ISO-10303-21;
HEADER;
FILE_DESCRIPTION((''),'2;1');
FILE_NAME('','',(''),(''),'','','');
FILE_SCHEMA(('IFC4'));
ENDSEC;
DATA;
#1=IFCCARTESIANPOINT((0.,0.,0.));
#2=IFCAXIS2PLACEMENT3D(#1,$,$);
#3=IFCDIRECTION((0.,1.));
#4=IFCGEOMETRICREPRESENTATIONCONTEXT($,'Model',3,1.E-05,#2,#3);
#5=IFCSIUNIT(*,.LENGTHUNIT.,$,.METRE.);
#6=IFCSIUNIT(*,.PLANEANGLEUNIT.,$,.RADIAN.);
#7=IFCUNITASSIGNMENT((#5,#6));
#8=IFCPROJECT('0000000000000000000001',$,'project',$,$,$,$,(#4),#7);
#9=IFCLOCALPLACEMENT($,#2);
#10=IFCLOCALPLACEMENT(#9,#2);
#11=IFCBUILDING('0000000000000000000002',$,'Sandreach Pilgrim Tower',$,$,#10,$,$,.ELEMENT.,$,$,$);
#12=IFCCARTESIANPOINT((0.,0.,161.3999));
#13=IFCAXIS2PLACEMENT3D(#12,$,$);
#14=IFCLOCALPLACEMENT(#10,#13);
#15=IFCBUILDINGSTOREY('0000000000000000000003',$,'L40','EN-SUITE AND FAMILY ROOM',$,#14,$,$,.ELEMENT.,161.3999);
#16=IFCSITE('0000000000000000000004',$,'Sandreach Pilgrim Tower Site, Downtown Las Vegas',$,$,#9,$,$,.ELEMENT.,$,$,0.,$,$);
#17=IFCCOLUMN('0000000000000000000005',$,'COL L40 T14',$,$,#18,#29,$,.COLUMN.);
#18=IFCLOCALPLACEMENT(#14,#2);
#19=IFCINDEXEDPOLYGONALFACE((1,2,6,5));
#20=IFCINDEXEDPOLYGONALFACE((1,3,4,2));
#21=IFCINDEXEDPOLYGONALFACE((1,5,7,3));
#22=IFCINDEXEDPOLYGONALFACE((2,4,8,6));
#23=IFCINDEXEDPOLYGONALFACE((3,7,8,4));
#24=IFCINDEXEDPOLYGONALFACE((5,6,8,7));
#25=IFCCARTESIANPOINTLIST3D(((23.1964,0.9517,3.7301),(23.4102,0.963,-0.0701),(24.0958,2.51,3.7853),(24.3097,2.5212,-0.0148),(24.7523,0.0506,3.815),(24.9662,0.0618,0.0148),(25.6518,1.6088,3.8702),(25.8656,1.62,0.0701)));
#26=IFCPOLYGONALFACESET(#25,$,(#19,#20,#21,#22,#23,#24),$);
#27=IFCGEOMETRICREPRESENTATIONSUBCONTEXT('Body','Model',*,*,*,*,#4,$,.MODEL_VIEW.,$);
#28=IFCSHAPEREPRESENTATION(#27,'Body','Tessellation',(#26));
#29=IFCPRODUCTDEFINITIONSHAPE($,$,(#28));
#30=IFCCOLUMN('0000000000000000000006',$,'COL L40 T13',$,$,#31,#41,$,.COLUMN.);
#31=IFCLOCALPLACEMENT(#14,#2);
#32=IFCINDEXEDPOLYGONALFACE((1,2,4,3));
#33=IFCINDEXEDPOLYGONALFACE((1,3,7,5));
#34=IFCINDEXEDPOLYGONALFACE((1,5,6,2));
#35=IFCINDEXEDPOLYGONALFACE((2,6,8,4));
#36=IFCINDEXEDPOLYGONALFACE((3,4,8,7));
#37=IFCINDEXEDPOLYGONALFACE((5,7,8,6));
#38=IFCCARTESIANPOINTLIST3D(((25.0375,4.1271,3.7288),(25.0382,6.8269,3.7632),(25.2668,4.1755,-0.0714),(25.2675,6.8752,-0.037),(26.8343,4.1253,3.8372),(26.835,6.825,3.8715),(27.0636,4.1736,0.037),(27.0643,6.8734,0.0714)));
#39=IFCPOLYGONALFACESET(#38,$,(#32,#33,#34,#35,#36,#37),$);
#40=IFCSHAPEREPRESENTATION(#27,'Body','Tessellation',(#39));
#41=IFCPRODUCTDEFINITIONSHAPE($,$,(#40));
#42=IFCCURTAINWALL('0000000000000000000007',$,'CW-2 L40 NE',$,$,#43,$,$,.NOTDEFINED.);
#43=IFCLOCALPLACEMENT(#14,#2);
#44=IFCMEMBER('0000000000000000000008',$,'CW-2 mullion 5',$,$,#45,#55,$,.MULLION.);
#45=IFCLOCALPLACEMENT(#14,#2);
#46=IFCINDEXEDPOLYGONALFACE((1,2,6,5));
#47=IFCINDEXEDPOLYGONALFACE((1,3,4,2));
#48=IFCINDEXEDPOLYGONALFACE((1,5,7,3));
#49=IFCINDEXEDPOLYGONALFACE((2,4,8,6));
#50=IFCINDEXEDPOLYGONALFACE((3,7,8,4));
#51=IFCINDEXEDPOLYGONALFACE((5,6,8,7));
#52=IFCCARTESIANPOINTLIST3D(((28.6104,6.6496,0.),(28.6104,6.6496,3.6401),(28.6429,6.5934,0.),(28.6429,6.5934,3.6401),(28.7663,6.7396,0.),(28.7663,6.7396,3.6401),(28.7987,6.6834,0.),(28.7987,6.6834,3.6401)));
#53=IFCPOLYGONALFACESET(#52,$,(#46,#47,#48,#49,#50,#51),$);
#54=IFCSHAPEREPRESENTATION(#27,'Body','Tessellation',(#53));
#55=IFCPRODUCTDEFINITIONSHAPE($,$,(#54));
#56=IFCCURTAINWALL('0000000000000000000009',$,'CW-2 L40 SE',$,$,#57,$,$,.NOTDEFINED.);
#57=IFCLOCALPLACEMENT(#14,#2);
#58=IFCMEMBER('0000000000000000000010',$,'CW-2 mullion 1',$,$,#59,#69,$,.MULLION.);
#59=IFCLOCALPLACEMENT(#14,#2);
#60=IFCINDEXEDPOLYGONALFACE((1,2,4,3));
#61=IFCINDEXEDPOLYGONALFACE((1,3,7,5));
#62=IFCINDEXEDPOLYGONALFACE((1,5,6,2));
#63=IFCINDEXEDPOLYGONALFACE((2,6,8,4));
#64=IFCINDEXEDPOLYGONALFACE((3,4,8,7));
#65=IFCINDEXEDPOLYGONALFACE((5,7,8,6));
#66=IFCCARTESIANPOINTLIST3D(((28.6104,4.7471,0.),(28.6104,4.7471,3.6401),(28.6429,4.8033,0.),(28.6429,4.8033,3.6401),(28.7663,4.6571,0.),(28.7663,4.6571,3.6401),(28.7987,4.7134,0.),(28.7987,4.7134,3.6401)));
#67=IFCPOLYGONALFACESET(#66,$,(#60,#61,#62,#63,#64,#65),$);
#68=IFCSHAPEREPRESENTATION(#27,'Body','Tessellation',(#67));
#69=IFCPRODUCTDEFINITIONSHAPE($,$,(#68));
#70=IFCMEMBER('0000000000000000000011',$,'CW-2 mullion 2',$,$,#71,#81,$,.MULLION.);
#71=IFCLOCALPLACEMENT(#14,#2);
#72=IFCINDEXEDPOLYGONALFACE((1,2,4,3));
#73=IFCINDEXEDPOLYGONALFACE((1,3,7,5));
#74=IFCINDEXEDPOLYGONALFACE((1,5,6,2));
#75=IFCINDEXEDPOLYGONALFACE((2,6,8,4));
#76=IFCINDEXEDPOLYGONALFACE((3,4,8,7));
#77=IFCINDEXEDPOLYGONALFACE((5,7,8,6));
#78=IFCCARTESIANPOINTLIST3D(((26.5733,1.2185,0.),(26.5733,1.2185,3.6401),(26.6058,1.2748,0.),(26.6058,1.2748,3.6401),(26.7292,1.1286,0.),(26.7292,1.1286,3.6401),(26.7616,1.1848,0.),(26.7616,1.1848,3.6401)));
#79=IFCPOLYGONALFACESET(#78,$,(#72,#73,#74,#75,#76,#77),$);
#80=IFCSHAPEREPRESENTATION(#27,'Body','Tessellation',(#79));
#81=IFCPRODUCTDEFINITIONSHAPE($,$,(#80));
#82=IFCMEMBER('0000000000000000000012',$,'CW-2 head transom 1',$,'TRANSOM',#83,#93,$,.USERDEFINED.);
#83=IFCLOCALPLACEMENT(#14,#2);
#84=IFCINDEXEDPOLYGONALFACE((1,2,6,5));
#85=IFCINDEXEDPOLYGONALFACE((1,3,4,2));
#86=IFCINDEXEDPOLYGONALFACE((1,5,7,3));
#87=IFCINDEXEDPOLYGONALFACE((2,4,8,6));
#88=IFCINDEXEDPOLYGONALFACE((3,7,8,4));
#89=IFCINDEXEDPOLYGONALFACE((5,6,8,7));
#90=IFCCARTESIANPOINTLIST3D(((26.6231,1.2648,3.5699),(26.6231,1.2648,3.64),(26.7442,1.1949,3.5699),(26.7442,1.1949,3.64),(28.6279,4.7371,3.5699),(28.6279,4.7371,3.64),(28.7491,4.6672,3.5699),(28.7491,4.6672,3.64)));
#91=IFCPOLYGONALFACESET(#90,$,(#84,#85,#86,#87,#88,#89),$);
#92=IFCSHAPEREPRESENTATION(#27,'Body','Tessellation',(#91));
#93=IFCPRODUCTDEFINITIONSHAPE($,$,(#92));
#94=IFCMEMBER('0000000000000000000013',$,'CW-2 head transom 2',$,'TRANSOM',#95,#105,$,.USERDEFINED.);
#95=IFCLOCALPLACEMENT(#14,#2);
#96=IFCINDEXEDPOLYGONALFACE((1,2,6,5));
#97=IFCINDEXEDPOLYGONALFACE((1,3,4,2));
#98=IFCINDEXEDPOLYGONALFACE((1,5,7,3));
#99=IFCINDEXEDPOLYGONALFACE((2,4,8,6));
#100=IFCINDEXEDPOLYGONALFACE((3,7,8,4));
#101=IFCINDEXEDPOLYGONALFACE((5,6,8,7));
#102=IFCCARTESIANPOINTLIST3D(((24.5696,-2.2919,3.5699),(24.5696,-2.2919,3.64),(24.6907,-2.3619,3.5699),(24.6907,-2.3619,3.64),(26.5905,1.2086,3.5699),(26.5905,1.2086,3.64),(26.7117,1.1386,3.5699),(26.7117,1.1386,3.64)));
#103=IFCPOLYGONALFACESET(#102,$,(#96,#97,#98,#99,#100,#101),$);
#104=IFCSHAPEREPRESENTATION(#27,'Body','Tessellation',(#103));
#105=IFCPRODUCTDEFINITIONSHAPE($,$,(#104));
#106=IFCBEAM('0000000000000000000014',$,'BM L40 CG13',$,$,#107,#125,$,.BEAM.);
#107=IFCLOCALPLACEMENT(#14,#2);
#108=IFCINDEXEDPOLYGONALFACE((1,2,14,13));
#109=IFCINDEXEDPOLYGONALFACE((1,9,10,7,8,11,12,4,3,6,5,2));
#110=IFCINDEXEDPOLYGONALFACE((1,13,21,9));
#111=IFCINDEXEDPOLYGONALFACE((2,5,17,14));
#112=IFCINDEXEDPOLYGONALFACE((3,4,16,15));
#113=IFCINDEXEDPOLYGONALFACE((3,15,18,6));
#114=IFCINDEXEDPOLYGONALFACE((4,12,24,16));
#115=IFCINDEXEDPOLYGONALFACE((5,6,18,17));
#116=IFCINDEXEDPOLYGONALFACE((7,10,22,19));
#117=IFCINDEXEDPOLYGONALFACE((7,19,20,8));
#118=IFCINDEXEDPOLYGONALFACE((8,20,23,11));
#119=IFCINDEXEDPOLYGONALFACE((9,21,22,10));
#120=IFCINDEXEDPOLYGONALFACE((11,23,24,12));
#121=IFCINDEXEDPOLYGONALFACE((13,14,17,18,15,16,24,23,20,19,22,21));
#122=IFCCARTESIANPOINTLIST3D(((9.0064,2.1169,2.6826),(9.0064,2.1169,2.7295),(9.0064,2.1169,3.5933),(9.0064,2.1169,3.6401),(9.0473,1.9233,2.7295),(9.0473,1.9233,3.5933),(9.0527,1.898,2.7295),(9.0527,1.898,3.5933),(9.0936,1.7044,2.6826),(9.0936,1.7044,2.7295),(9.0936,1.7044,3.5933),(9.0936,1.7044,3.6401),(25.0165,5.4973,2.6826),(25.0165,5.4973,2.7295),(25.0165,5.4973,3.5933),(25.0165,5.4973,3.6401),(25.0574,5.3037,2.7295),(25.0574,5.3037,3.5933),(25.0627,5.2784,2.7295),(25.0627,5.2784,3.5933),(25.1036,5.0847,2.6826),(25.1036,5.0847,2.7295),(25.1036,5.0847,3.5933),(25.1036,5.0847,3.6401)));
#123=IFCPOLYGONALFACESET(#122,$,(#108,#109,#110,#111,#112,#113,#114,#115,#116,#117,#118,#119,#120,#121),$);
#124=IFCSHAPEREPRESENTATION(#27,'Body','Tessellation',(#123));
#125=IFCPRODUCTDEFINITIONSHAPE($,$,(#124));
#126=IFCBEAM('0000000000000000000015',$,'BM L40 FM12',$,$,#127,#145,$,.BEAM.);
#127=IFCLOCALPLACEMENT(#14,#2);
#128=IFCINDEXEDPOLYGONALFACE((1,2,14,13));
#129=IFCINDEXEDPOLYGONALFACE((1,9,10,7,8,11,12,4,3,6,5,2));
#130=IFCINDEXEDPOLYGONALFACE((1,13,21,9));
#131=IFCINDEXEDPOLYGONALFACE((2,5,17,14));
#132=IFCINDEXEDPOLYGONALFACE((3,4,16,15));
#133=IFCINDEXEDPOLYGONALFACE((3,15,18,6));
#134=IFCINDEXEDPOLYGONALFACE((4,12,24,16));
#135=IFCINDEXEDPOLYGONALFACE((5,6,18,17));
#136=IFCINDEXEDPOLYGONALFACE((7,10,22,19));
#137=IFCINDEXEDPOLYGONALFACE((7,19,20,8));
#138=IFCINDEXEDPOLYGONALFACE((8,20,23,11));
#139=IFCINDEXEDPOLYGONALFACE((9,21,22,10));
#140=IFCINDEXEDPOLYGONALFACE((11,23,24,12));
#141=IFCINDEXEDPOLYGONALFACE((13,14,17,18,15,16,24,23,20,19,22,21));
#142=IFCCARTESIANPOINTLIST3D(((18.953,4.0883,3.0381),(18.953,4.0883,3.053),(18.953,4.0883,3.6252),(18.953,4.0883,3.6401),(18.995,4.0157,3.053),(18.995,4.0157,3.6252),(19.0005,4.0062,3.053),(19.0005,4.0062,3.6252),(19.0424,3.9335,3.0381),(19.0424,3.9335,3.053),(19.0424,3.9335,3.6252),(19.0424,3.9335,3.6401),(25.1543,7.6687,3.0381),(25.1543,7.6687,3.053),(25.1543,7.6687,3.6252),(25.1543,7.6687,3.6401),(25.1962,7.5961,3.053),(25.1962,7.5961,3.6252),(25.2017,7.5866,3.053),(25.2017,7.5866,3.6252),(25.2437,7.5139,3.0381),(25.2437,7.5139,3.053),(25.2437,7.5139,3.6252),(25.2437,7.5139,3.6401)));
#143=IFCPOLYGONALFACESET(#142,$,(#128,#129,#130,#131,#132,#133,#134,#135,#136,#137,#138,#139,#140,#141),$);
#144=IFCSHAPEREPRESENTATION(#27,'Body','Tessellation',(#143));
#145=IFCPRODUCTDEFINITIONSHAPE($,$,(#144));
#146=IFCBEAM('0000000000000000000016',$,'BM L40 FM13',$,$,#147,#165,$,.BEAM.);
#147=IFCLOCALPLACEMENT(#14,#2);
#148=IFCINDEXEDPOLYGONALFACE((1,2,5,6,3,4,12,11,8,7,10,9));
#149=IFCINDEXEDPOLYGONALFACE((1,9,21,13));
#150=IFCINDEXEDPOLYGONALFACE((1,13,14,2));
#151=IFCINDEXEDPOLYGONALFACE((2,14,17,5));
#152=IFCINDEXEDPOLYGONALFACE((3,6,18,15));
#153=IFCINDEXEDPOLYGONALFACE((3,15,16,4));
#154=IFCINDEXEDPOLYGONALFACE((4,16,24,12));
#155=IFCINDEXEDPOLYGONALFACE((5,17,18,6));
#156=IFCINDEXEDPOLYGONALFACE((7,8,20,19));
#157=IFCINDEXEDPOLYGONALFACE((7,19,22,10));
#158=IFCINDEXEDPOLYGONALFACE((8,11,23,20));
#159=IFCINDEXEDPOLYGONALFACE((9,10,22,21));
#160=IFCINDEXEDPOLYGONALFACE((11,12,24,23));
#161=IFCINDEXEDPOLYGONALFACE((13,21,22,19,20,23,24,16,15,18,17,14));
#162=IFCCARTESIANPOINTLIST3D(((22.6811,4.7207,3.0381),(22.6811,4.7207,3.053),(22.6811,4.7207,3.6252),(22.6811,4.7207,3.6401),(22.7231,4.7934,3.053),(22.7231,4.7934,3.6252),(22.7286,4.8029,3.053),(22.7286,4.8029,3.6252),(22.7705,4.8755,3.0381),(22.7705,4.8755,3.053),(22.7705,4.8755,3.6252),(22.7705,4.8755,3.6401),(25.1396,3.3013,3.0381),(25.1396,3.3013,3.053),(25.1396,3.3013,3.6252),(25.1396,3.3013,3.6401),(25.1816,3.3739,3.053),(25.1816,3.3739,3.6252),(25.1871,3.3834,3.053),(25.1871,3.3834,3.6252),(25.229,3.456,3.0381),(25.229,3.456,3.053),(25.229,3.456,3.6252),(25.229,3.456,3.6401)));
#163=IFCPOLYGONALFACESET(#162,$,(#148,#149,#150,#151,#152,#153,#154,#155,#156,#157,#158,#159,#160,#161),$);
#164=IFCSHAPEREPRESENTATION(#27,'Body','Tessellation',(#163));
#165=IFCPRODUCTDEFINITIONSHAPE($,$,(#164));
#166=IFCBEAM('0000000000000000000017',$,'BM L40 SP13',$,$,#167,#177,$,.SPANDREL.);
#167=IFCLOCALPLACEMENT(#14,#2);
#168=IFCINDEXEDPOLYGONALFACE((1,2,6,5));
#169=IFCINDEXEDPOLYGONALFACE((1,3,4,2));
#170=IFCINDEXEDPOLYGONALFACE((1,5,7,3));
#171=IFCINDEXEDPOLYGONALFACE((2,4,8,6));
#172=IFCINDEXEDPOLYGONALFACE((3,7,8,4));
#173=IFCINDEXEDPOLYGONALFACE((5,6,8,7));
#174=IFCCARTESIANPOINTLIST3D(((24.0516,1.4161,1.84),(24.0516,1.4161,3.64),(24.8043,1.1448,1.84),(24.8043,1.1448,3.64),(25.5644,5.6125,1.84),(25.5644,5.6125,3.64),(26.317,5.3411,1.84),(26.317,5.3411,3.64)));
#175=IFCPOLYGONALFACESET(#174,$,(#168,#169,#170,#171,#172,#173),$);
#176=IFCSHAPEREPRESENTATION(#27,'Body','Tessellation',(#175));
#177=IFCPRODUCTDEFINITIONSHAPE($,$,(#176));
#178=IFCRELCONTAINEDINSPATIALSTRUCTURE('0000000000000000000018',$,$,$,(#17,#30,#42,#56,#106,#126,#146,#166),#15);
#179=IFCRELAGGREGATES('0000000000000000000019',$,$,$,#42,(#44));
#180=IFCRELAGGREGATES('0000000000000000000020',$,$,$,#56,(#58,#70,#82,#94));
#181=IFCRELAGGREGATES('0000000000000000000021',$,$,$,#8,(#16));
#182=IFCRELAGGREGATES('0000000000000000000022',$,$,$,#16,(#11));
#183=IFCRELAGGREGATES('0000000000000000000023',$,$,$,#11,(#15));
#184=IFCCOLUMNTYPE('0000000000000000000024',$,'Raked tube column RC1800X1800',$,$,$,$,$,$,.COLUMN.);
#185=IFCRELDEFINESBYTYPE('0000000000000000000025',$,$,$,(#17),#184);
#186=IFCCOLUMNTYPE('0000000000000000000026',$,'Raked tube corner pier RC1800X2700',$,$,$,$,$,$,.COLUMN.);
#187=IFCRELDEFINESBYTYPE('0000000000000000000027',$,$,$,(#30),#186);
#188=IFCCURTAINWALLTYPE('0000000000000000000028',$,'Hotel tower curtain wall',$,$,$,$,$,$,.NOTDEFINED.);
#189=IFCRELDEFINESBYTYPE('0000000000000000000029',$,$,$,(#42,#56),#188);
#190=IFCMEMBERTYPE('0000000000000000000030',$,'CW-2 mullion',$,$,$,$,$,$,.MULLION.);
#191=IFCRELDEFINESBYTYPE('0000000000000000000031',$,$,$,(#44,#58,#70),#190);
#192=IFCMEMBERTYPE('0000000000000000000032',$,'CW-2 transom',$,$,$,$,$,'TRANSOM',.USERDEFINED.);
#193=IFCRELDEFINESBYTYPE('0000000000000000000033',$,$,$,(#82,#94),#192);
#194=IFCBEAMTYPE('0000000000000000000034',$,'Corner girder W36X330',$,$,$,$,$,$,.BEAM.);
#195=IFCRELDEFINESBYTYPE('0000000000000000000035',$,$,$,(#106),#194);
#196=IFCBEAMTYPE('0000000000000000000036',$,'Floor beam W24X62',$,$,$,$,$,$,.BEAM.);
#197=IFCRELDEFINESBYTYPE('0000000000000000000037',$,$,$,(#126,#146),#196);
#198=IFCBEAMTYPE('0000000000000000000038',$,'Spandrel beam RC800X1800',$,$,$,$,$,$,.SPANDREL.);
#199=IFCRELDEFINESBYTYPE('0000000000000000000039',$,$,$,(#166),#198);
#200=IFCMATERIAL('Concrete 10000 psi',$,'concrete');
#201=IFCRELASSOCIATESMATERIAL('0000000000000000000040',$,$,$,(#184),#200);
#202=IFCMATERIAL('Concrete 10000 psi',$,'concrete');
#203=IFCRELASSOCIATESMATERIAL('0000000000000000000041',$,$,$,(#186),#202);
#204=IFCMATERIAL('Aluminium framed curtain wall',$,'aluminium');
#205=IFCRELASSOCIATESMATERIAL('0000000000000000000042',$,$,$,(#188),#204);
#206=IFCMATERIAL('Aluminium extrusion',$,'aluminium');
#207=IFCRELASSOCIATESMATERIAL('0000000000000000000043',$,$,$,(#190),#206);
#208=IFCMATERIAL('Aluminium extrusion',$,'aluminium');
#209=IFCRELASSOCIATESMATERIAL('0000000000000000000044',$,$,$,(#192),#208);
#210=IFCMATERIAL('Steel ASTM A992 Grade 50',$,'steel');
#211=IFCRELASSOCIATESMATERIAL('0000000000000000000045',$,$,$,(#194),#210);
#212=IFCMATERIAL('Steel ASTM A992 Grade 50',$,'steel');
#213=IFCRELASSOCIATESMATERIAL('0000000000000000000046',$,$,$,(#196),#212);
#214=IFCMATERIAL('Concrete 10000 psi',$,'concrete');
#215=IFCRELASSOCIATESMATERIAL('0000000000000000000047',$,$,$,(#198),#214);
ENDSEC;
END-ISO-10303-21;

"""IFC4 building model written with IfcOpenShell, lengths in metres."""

from ifc_helpers import new_model, si_unit, direction, frame, origin, origin_2d, place, context, subcontext, project, spatial, rectangle, i_section, extrude, material, material_profile, profile_set, type_object, element, aggregate, save


model = new_model("IFC4")

# Units and contexts
model_context = context("Model", 3, precision=1e-05, world=origin(), true_north=direction((0.0, 1.0)))
body_context = subcontext(model_context, "Body", "Model", "MODEL_VIEW")
ifc_project = project(units=[si_unit("LENGTHUNIT", "METRE"), si_unit("PLANEANGLEUNIT", "RADIAN")], contexts=[model_context])

# Site, building, storey
site_placement = place(None, origin())
site = spatial("IfcSite", under=ifc_project, at=site_placement, Name="Sandreach Pilgrim Tower Site, Downtown Las Vegas", CompositionType="ELEMENT", RefElevation=0.0)
building_placement = place(site_placement, origin())
building = spatial("IfcBuilding", under=site, at=building_placement, Name="Sandreach Pilgrim Tower", CompositionType="ELEMENT")
storey_placement = place(building_placement, frame((0.0, 0.0, 161.3999)))
storey = spatial("IfcBuildingStorey", under=building, at=storey_placement, Name="L40", Description="EN-SUITE AND FAMILY ROOM", CompositionType="ELEMENT", Elevation=161.3999)

# Columns
ifc_material_1 = material(Name="Concrete 10000 psi", Category="concrete")
ifc_material_profile_1 = material_profile(ifc_material_1, rectangle(XDim=1.8, YDim=1.8, at=origin_2d()), Name="RC1800X1800")
ifc_profile_set_1 = profile_set([ifc_material_profile_1], Name="Concrete 10000 psi")
column_type_1 = type_object("IfcColumnType", Name="Raked tube column RC1800X1800", PredefinedType="COLUMN", material=ifc_profile_set_1)
column_1_placement = place(storey_placement, frame((24.6379, 1.2915, 0.0), z_axis=(-0.056191, -0.002951, 0.998416), x_axis=(0.86438, -0.500621, 0.047168)))
element("IfcColumn", 1, at=column_1_placement, inside=storey, type_object=column_type_1, Name="COL L40 T14", PredefinedType="COLUMN", context=body_context, shape_type="SweptSolid", body=[
    extrude(rectangle(XDim=1.8, YDim=1.8, at=origin_2d()), origin(), (0.0, 0.0, 1.0), 3.8062),
])
ifc_material_2 = material(Name="Concrete 10000 psi", Category="concrete")
ifc_material_profile_2 = material_profile(ifc_material_2, rectangle(XDim=1.8, YDim=2.7, at=origin_2d()), Name="RC1800X2700")
ifc_profile_set_2 = profile_set([ifc_material_profile_2], Name="Concrete 10000 psi")
column_type_2 = type_object("IfcColumnType", Name="Raked tube corner pier RC1800X2700", PredefinedType="COLUMN", material=ifc_profile_set_2)
column_2_placement = place(storey_placement, frame((26.1655, 5.5244, 0.0), z_axis=(-0.060213, -0.012697, 0.998105), x_axis=(0.998185, -0.001025, 0.060205)))
element("IfcColumn", 2, at=column_2_placement, inside=storey, type_object=column_type_2, Name="COL L40 T13", PredefinedType="COLUMN", context=body_context, shape_type="SweptSolid", body=[
    extrude(rectangle(XDim=1.8, YDim=2.7, at=origin_2d()), origin(), (0.0, 0.0, 1.0), 3.8074),
])

# Curtain wall, member
ifc_material_3 = material(Name="Aluminium framed curtain wall", Category="aluminium")
curtain_wall_type = type_object("IfcCurtainWallType", Name="Hotel tower curtain wall", PredefinedType="NOTDEFINED", material=ifc_material_3)
curtain_wall_1_placement = place(storey_placement, origin())
curtain_wall_1 = element("IfcCurtainWall", 3, at=curtain_wall_1_placement, inside=storey, type_object=curtain_wall_type, Name="CW-2 L40 NE", PredefinedType="NOTDEFINED")
ifc_material_4 = material(Name="Aluminium extrusion", Category="aluminium")
ifc_material_profile_3 = material_profile(ifc_material_4, rectangle(XDim=0.0649, YDim=0.1799, at=origin_2d()), Name="CW-2M 65X180")
ifc_profile_set_3 = profile_set([ifc_material_profile_3], Name="Aluminium extrusion")
member_type_1 = type_object("IfcMemberType", Name="CW-2 mullion", PredefinedType="MULLION", material=ifc_profile_set_3)
member_1_placement = place(storey_placement, frame((28.7046, 6.6665, 0.0), z_axis=(0.0, 0.0, 1.0), x_axis=(0.5, -0.866025, 0.0)))
member_1 = element("IfcMember", 4, at=member_1_placement, type_object=member_type_1, Name="CW-2 mullion 5", PredefinedType="MULLION", context=body_context, shape_type="SweptSolid", body=[
    extrude(rectangle(XDim=0.0649, YDim=0.1799, at=origin_2d()), origin(), (0.0, 0.0, 1.0), 3.6401),
])

# Curtain wall, members
curtain_wall_2_placement = place(storey_placement, origin())
curtain_wall_2 = element("IfcCurtainWall", 5, at=curtain_wall_2_placement, inside=storey, type_object=curtain_wall_type, Name="CW-2 L40 SE", PredefinedType="NOTDEFINED")
member_2_placement = place(storey_placement, frame((28.7046, 4.7302, 0.0), z_axis=(0.0, 0.0, 1.0), x_axis=(-0.5, -0.866025, 0.0)))
member_2 = element("IfcMember", 6, at=member_2_placement, type_object=member_type_1, Name="CW-2 mullion 1", PredefinedType="MULLION", context=body_context, shape_type="SweptSolid", body=[
    extrude(rectangle(XDim=0.0649, YDim=0.1799, at=origin_2d()), origin(), (0.0, 0.0, 1.0), 3.6401),
])
member_3_placement = place(storey_placement, frame((26.6675, 1.2017, 0.0), z_axis=(0.0, 0.0, 1.0), x_axis=(-0.5, -0.866025, 0.0)))
member_3 = element("IfcMember", 7, at=member_3_placement, type_object=member_type_1, Name="CW-2 mullion 2", PredefinedType="MULLION", context=body_context, shape_type="SweptSolid", body=[
    extrude(rectangle(XDim=0.0649, YDim=0.1799, at=origin_2d()), origin(), (0.0, 0.0, 1.0), 3.6401),
])
ifc_material_5 = material(Name="Aluminium extrusion", Category="aluminium")
ifc_material_profile_4 = material_profile(ifc_material_5, rectangle(XDim=0.1399, YDim=0.0701, at=origin_2d()), Name="CW-2T 140X70")
ifc_profile_set_4 = profile_set([ifc_material_profile_4], Name="Aluminium extrusion")
member_type_2 = type_object("IfcMemberType", Name="CW-2 transom", ElementType="TRANSOM", PredefinedType="USERDEFINED", material=ifc_profile_set_4)
member_4_placement = place(storey_placement, frame((28.6885, 4.7021, 3.605), z_axis=(-0.500016, -0.866016, 0.0), x_axis=(0.866016, -0.500016, 0.0)))
member_4 = element("IfcMember", 8, at=member_4_placement, type_object=member_type_2, Name="CW-2 head transom 1", ObjectType="TRANSOM", PredefinedType="USERDEFINED", context=body_context, shape_type="SweptSolid", body=[
    extrude(rectangle(XDim=0.1399, YDim=0.0701, at=origin_2d()), origin(), (0.0, 0.0, 1.0), 4.0095),
])
member_5_placement = place(storey_placement, frame((26.6511, 1.1736, 3.605), z_axis=(-0.499998, -0.866027, 0.0), x_axis=(0.866027, -0.499998, 0.0)))
member_5 = element("IfcMember", 9, at=member_5_placement, type_object=member_type_2, Name="CW-2 head transom 2", ObjectType="TRANSOM", PredefinedType="USERDEFINED", context=body_context, shape_type="SweptSolid", body=[
    extrude(rectangle(XDim=0.1399, YDim=0.0701, at=origin_2d()), origin(), (0.0, 0.0, 1.0), 4.042),
])

# Beams
ifc_material_6 = material(Name="Steel ASTM A992 Grade 50", Category="steel")
ifc_material_profile_5 = material_profile(ifc_material_6, i_section(OverallWidth=0.4216, OverallDepth=0.9575, WebThickness=0.0259, FlangeThickness=0.0469, at=origin_2d()), Name="W36X330")
ifc_profile_set_5 = profile_set([ifc_material_profile_5], Name="Steel ASTM A992 Grade 50")
beam_type_1 = type_object("IfcBeamType", Name="Corner girder W36X330", PredefinedType="BEAM", material=ifc_profile_set_5)
beam_1_placement = place(storey_placement, frame((25.0601, 5.291, 3.1614), z_axis=(-0.978428, -0.206586, 0.0), x_axis=(0.206586, -0.978428, 0.0)))
element("IfcBeam", 10, at=beam_1_placement, inside=storey, type_object=beam_type_1, Name="BM L40 CG13", PredefinedType="BEAM", context=body_context, shape_type="SweptSolid", body=[
    extrude(i_section(OverallWidth=0.4216, OverallDepth=0.9575, WebThickness=0.0259, FlangeThickness=0.0469, at=origin_2d()), origin(), (0.0, 0.0, 1.0), 16.363),
])
ifc_material_7 = material(Name="Steel ASTM A992 Grade 50", Category="steel")
ifc_material_profile_6 = material_profile(ifc_material_7, i_section(OverallWidth=0.1787, OverallDepth=0.6021, WebThickness=0.011, FlangeThickness=0.0149, at=origin_2d()), Name="W24X62")
ifc_profile_set_6 = profile_set([ifc_material_profile_6], Name="Steel ASTM A992 Grade 50")
beam_type_2 = type_object("IfcBeamType", Name="Floor beam W24X62", PredefinedType="BEAM", material=ifc_profile_set_6)
beam_2_placement = place(storey_placement, frame((25.199, 7.5913, 3.3391), z_axis=(-0.866021, -0.500008, 0.0), x_axis=(0.500008, -0.866021, 0.0)))
element("IfcBeam", 11, at=beam_2_placement, inside=storey, type_object=beam_type_2, Name="BM L40 FM12", PredefinedType="BEAM", context=body_context, shape_type="SweptSolid", body=[
    extrude(i_section(OverallWidth=0.1787, OverallDepth=0.6021, WebThickness=0.011, FlangeThickness=0.0149, at=origin_2d()), origin(), (0.0, 0.0, 1.0), 7.1606),
])
beam_3_placement = place(storey_placement, frame((25.1843, 3.3787, 3.3391), z_axis=(-0.866022, 0.500005, 0.0), x_axis=(-0.500005, -0.866022, 0.0)))
element("IfcBeam", 12, at=beam_3_placement, inside=storey, type_object=beam_type_2, Name="BM L40 FM13", PredefinedType="BEAM", context=body_context, shape_type="SweptSolid", body=[
    extrude(i_section(OverallWidth=0.1787, OverallDepth=0.6021, WebThickness=0.011, FlangeThickness=0.0149, at=origin_2d()), origin(), (0.0, 0.0, 1.0), 2.8389),
])
ifc_material_8 = material(Name="Concrete 10000 psi", Category="concrete")
ifc_material_profile_7 = material_profile(ifc_material_8, rectangle(XDim=0.8, YDim=1.8, at=origin_2d()), Name="RC800X1800")
ifc_profile_set_7 = profile_set([ifc_material_profile_7], Name="Concrete 10000 psi")
beam_type_3 = type_object("IfcBeamType", Name="Spandrel beam RC800X1800", PredefinedType="SPANDREL", material=ifc_profile_set_7)
beam_4_placement = place(storey_placement, frame((25.9407, 5.4768, 2.74), z_axis=(-0.339123, -0.940742, 0.0), x_axis=(0.940742, -0.339123, 0.0)))
element("IfcBeam", 13, at=beam_4_placement, inside=storey, type_object=beam_type_3, Name="BM L40 SP13", PredefinedType="SPANDREL", context=body_context, shape_type="SweptSolid", body=[
    extrude(rectangle(XDim=0.8, YDim=1.8, at=origin_2d()), origin(), (0.0, 0.0, 1.0), 4.4607),
])

aggregate(curtain_wall_1, [member_1])
aggregate(curtain_wall_2, [member_2, member_3, member_4, member_5])

save(model, "model.ifc")
